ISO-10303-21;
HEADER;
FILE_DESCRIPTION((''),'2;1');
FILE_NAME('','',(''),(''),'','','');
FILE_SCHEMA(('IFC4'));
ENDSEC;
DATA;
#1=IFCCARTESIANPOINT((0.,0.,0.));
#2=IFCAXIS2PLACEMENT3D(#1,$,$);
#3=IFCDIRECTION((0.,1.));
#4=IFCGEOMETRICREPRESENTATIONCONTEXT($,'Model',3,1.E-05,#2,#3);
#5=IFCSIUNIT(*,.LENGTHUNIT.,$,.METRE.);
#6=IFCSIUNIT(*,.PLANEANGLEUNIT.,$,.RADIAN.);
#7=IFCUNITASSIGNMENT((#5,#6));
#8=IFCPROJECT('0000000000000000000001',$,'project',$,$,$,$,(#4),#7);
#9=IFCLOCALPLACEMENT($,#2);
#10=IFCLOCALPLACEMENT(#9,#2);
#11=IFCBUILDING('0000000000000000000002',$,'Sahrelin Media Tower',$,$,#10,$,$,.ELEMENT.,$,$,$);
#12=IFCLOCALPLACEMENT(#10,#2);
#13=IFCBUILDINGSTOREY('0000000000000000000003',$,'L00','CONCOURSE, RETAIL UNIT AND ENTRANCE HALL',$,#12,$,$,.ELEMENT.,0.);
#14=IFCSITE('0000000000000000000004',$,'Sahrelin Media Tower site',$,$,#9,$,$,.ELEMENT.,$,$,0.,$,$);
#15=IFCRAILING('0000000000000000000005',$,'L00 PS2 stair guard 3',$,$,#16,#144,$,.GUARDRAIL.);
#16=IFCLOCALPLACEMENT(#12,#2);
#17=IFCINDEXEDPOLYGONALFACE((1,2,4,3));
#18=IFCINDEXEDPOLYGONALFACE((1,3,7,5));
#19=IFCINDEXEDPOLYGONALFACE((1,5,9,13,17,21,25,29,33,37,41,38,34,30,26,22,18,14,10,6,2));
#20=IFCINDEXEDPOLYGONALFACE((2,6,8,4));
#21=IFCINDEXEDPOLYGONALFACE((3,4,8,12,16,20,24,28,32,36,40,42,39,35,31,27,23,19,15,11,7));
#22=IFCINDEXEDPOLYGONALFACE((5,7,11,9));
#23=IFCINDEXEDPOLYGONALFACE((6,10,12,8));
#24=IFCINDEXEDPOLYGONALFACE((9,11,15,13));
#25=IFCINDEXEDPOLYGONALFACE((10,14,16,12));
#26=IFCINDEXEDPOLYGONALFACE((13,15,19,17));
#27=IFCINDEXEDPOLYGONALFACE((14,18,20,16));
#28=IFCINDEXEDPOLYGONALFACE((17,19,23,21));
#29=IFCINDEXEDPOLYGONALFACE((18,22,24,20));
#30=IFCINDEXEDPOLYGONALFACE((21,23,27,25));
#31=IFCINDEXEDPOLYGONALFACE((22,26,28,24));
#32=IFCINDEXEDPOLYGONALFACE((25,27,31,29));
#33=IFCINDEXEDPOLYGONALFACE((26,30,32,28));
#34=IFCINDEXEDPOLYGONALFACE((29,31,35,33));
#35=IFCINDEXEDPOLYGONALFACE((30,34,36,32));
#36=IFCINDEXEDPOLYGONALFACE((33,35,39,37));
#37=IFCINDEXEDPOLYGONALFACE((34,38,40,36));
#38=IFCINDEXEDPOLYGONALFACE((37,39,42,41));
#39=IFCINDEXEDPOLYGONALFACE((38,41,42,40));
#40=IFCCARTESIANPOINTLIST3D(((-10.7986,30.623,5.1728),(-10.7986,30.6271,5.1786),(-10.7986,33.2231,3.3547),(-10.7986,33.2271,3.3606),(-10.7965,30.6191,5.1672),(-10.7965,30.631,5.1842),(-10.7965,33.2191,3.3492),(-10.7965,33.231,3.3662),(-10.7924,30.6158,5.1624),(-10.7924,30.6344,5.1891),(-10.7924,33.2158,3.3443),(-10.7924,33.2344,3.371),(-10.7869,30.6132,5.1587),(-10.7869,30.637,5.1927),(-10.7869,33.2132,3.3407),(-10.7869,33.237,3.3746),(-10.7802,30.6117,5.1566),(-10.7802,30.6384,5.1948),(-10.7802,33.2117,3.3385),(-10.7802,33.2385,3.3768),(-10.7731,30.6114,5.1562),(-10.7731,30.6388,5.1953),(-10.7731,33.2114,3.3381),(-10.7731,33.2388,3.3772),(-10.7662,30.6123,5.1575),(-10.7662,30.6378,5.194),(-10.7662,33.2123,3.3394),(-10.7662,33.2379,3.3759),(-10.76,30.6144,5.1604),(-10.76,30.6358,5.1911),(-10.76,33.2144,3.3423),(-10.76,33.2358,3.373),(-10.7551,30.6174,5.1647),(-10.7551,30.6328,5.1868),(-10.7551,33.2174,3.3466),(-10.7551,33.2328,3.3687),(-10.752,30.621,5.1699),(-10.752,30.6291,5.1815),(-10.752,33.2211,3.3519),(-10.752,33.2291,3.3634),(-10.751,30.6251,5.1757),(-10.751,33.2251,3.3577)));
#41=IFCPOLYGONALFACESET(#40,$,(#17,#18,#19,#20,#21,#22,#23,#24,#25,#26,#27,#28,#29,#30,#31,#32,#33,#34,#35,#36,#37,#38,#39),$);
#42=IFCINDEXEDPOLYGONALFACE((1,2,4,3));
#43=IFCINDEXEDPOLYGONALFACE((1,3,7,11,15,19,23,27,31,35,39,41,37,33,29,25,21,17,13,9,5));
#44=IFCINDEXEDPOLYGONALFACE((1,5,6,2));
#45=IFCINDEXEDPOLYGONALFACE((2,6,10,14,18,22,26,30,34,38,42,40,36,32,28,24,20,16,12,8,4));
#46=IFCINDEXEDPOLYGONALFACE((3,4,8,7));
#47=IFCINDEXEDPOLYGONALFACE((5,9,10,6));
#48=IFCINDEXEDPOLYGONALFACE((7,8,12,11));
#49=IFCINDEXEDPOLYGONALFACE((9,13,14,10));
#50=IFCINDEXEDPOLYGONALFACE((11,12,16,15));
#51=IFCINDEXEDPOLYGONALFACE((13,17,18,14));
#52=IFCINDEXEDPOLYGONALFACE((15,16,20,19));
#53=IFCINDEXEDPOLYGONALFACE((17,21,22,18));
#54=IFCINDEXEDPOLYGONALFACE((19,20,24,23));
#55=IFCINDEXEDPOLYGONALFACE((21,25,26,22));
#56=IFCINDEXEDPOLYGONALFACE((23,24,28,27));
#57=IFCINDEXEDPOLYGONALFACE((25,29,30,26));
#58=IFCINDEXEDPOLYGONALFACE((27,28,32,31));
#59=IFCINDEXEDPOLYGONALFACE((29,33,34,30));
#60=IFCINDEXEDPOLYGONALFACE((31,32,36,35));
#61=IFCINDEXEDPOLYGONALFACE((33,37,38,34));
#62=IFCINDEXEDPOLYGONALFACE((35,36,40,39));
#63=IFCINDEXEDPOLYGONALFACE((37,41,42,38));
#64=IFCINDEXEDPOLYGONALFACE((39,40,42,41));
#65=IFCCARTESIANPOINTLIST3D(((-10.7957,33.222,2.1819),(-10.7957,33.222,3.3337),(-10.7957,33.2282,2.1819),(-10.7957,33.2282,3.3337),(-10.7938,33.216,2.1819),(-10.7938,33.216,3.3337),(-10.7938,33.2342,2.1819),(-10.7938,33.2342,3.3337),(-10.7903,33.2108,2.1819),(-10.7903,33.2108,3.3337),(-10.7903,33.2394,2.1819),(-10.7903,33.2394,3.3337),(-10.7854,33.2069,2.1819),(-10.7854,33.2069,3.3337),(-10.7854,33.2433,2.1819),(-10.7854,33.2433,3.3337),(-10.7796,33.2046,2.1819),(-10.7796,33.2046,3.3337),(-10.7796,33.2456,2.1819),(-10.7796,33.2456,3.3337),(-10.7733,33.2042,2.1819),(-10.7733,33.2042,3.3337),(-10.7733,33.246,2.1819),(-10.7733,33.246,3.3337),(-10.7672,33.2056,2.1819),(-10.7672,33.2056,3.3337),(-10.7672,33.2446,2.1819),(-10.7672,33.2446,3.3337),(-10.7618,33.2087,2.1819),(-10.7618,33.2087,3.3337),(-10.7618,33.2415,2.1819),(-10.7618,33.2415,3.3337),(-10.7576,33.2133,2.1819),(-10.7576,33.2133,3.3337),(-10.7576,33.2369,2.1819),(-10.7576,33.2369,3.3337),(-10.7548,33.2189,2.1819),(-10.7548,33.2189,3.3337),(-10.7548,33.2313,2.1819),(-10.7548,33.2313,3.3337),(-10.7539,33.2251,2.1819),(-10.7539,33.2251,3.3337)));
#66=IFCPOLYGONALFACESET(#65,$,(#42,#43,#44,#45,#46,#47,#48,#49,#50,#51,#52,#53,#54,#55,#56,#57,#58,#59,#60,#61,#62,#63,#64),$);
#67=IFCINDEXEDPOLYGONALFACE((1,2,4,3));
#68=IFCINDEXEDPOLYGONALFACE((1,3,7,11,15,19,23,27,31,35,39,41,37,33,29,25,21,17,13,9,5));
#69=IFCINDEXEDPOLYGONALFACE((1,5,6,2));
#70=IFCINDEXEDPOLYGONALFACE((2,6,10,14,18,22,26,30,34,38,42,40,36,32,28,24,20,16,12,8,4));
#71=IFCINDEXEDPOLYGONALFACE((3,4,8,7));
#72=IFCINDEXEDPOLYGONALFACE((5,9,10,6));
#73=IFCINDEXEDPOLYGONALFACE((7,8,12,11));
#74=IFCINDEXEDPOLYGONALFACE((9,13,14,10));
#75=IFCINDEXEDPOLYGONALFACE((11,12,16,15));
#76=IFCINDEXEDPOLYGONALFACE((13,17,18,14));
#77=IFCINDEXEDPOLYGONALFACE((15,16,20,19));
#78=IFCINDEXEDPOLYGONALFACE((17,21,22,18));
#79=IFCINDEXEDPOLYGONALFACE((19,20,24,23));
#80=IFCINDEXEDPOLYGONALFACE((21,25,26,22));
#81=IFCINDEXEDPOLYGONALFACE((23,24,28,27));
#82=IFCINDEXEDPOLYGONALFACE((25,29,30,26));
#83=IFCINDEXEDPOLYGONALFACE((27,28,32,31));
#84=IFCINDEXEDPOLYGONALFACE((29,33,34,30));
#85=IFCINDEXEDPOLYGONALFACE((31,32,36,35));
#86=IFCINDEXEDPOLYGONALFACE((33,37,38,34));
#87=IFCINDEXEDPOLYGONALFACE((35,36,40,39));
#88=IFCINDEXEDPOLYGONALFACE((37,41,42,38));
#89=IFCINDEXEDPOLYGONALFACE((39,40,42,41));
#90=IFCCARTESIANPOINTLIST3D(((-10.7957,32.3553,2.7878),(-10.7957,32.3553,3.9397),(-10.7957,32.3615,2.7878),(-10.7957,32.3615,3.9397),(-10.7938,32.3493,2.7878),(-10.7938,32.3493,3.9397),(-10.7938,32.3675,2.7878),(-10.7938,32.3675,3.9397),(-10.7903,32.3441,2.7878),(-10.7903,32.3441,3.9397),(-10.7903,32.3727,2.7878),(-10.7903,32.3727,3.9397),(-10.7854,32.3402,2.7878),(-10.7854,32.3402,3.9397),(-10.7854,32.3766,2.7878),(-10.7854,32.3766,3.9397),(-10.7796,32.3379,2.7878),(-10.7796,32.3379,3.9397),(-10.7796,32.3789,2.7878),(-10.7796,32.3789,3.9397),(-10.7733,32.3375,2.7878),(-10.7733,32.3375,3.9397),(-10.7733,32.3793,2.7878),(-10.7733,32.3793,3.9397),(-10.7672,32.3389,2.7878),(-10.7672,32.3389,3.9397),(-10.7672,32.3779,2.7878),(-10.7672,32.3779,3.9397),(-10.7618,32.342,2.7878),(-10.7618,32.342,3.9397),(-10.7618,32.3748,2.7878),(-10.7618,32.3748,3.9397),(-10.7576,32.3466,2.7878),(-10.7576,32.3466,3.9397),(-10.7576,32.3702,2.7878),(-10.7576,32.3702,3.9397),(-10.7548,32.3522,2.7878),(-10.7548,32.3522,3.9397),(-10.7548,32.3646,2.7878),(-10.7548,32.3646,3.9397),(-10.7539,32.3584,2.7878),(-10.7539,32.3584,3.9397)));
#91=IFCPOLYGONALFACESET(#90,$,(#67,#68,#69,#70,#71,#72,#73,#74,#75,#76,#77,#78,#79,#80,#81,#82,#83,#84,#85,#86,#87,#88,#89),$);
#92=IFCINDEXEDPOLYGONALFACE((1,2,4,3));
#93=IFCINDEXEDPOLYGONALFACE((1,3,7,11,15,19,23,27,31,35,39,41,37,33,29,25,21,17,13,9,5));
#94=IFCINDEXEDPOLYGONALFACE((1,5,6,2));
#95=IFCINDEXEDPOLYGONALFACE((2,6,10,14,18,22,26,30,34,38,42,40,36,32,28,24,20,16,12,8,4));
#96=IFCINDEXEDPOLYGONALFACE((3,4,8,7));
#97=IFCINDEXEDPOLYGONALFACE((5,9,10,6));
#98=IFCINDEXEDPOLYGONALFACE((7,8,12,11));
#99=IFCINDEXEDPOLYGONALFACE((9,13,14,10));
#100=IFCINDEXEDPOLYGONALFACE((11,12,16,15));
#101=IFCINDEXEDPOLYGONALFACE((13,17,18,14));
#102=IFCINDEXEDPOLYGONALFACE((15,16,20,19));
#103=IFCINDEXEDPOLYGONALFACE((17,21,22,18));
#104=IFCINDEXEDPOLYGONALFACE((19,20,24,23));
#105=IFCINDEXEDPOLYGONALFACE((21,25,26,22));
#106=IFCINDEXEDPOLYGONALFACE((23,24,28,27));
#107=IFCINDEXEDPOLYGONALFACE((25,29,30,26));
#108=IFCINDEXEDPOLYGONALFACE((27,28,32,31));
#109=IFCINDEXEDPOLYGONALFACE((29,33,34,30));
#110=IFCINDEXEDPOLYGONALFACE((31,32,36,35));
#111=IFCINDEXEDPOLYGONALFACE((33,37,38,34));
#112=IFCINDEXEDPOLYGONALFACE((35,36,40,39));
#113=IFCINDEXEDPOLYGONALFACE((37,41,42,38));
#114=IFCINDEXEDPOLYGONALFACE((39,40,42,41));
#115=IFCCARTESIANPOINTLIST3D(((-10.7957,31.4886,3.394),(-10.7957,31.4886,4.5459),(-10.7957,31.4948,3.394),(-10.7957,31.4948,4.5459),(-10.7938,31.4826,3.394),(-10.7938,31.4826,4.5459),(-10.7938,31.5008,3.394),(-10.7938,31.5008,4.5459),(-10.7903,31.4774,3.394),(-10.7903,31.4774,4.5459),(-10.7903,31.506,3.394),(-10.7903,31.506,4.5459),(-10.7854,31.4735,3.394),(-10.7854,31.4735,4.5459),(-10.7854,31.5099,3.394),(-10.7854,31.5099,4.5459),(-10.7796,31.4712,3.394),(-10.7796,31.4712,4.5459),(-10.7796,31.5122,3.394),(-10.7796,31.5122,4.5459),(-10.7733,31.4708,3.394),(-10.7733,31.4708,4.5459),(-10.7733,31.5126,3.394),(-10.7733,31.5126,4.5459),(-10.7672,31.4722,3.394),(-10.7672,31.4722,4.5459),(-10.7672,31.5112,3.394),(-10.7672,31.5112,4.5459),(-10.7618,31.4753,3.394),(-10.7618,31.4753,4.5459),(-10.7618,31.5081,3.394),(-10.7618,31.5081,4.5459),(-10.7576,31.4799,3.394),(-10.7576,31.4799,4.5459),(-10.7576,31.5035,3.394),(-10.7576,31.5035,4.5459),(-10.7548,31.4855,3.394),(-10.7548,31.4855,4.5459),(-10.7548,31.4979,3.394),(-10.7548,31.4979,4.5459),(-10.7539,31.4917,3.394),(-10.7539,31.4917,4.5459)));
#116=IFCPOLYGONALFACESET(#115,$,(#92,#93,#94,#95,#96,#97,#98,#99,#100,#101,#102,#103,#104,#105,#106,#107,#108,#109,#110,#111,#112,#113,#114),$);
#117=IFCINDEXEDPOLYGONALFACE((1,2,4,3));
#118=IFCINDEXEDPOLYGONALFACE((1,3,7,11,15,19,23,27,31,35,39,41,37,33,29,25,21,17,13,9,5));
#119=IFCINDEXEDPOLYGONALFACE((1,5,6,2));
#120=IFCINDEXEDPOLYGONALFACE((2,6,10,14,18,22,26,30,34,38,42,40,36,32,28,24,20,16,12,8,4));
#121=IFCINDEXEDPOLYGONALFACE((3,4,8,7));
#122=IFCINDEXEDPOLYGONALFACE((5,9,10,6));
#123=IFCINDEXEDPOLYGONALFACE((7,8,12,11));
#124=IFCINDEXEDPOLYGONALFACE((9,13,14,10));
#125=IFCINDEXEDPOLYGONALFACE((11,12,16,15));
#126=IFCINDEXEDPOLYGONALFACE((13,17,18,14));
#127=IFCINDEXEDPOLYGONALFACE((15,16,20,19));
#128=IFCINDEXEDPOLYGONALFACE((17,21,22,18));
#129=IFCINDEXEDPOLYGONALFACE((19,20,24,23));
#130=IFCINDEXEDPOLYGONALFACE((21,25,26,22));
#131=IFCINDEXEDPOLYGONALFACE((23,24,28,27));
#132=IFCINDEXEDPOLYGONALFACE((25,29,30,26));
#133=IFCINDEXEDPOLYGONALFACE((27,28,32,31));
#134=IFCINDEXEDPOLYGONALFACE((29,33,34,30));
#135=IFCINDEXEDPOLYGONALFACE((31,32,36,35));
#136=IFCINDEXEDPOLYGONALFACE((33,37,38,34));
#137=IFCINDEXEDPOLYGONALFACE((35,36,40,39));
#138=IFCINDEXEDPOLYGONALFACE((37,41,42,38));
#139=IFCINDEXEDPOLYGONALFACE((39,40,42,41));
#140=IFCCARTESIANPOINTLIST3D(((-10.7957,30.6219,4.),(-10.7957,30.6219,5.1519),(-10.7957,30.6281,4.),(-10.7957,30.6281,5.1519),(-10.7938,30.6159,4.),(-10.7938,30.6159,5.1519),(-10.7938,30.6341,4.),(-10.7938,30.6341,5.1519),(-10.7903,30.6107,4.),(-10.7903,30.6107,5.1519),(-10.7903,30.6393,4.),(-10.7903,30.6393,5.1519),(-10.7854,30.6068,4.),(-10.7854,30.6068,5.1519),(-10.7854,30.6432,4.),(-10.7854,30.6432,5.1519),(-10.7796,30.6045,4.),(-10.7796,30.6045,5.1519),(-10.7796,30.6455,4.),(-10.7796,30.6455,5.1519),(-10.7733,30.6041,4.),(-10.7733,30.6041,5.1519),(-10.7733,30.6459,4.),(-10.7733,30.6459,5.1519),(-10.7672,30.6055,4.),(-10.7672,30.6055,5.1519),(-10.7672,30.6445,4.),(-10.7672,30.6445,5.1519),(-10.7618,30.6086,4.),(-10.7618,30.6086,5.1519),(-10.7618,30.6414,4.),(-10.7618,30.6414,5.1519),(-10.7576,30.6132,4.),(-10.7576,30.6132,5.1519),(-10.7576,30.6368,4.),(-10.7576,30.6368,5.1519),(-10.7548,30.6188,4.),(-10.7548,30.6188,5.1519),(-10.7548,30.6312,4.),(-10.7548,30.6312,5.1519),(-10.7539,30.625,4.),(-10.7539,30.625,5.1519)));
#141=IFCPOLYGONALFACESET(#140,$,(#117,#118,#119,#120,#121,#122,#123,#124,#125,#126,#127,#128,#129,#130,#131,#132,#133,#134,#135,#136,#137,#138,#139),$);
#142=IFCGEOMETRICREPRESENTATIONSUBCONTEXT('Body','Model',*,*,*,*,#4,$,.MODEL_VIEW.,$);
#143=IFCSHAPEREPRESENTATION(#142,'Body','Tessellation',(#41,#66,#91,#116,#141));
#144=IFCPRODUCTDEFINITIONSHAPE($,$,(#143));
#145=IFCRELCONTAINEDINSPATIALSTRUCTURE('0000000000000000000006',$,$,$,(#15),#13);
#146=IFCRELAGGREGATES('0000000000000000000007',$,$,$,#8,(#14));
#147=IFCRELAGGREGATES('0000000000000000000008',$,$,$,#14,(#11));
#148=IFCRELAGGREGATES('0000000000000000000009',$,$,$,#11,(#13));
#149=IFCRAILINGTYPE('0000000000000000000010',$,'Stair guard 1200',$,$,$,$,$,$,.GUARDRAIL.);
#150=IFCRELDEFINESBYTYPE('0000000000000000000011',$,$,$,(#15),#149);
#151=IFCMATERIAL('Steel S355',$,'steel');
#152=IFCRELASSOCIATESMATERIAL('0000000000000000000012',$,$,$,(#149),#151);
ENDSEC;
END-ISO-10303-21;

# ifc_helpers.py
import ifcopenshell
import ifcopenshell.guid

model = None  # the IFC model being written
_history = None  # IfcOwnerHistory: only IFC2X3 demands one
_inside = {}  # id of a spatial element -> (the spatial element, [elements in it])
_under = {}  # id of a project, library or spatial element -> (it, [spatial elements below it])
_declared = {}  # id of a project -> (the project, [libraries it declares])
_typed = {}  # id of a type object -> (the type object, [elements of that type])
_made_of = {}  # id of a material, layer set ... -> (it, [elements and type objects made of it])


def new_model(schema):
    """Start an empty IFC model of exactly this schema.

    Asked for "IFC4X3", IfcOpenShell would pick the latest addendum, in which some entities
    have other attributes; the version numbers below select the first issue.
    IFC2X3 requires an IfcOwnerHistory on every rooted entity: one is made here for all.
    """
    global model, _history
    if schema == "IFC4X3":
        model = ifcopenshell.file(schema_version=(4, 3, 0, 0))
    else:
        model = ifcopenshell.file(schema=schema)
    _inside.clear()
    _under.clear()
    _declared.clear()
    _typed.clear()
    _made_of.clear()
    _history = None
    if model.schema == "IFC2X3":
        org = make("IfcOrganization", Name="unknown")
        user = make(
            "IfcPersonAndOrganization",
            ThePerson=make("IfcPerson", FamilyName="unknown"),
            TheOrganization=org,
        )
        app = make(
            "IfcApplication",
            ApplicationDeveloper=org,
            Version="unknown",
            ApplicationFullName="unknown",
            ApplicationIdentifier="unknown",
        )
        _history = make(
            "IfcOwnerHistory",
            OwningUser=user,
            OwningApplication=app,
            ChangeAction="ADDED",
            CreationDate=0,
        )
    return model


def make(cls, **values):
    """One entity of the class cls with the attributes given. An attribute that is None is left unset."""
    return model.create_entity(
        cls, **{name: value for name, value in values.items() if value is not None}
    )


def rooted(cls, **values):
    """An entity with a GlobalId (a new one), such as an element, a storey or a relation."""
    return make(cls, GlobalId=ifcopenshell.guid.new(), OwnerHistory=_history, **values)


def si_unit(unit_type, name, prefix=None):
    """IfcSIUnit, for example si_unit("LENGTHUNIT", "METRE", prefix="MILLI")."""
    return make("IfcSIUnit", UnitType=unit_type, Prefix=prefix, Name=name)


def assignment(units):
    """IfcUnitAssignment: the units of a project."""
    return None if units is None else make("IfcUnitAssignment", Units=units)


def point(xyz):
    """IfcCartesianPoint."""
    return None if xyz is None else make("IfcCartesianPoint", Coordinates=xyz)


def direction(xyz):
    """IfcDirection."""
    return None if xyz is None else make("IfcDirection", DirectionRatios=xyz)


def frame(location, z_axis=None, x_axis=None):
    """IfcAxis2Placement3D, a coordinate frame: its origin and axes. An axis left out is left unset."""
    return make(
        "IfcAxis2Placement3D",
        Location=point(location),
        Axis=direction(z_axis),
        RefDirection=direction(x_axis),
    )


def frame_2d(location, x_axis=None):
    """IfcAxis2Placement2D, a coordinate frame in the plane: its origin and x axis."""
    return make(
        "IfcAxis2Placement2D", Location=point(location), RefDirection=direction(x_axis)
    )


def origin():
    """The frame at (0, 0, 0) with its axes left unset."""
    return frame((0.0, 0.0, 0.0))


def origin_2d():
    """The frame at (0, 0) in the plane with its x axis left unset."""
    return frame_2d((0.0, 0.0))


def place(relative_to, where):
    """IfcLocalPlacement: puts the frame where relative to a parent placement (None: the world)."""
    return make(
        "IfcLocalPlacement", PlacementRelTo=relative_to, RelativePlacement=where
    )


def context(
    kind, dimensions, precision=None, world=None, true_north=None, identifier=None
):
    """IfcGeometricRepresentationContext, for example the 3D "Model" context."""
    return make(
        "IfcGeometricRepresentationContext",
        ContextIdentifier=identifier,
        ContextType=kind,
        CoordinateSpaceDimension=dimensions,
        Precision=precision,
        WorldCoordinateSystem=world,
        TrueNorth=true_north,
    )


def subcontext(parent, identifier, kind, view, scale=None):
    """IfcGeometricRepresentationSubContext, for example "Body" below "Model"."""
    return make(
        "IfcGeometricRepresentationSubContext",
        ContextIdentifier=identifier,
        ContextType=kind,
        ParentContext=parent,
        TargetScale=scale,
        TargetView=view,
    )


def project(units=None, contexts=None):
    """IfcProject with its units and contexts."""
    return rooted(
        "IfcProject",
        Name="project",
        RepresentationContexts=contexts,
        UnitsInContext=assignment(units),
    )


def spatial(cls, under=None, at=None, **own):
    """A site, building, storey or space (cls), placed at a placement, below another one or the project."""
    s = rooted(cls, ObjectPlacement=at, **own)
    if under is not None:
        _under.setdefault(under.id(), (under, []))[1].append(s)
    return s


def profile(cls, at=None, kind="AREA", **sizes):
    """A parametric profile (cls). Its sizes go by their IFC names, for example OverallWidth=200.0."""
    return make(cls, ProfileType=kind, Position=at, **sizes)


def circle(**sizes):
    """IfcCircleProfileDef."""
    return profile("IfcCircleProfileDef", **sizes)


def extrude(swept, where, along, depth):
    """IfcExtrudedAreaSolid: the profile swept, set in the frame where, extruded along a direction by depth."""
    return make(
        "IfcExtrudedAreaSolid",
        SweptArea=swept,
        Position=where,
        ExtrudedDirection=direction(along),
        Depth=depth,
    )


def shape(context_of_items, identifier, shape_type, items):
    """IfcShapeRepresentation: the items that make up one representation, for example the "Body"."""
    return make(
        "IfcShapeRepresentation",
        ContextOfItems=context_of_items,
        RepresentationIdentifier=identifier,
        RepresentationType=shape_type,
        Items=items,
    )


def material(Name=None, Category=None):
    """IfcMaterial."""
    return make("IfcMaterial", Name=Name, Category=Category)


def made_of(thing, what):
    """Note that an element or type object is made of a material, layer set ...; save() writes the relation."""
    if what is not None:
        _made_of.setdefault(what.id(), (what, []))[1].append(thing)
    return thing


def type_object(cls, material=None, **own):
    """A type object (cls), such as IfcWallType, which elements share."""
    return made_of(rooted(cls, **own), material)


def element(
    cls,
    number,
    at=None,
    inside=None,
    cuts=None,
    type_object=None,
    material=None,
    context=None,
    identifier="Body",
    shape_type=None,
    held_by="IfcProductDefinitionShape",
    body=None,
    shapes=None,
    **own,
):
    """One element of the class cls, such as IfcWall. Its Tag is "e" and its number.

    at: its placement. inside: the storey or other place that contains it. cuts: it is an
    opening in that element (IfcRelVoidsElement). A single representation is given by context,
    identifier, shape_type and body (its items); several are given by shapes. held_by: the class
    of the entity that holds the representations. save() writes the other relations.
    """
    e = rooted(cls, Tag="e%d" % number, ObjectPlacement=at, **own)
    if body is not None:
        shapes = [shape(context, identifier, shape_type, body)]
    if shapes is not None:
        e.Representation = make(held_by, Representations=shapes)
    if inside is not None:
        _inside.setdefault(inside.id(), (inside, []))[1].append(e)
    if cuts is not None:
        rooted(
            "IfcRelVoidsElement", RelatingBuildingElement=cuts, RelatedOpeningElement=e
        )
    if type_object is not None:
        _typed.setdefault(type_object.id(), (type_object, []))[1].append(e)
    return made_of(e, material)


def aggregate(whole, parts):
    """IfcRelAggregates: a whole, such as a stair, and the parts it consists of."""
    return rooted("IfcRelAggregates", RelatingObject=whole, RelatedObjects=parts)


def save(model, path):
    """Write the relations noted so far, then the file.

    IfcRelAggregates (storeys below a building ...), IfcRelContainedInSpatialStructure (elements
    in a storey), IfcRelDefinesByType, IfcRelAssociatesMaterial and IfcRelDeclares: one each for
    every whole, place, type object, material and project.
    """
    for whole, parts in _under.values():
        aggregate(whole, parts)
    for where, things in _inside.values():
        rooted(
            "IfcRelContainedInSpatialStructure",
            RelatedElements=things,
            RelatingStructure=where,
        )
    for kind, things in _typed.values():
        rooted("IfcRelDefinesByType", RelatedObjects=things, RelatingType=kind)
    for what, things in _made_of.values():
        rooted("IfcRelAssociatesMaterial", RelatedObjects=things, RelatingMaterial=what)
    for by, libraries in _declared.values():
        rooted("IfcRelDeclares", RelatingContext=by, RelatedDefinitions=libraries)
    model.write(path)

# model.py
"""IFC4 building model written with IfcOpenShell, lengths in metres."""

from ifc_helpers import new_model, si_unit, direction, frame, origin, origin_2d, place, context, subcontext, project, spatial, circle, extrude, material, type_object, element, save


model = new_model("IFC4")

# Units and contexts
model_context = context("Model", 3, precision=1e-05, world=origin(), true_north=direction((0.0, 1.0)))
body_context = subcontext(model_context, "Body", "Model", "MODEL_VIEW")
ifc_project = project(units=[si_unit("LENGTHUNIT", "METRE"), si_unit("PLANEANGLEUNIT", "RADIAN")], contexts=[model_context])

# Site, building, storey
site_placement = place(None, origin())
site = spatial("IfcSite", under=ifc_project, at=site_placement, Name="Sahrelin Media Tower site", CompositionType="ELEMENT", RefElevation=0.0)
building_placement = place(site_placement, origin())
building = spatial("IfcBuilding", under=site, at=building_placement, Name="Sahrelin Media Tower", CompositionType="ELEMENT")
storey_placement = place(building_placement, origin())
storey = spatial("IfcBuildingStorey", under=building, at=storey_placement, Name="L00", Description="CONCOURSE, RETAIL UNIT AND ENTRANCE HALL", CompositionType="ELEMENT", Elevation=0.0)

# Shared definitions
ifc_material_1 = material(Name="Steel S355", Category="steel")

# Railing
railing_type = type_object("IfcRailingType", Name="Stair guard 1200", PredefinedType="GUARDRAIL", material=ifc_material_1)
railing_1_placement = place(storey_placement, frame((-10.7749, 33.2251, 2.1819)))
element("IfcRailing", 1, at=railing_1_placement, inside=storey, type_object=railing_type, Name="L00 PS2 stair guard 3", PredefinedType="GUARDRAIL", context=body_context, shape_type="SweptSolid", body=[
    extrude(circle(Radius=0.0239, at=origin_2d()), frame((0.0, 0.0, 1.1758), z_axis=(0.0, -0.819521, 0.573049), x_axis=(1.0, 0.0, 0.0)), (0.0, 0.0, 1.0), 3.1726),
    extrude(circle(Radius=0.021, at=origin_2d()), origin(), (0.0, 0.0, 1.0), 1.1519),
    extrude(circle(Radius=0.021, at=origin_2d()), frame((0.0, -0.8667, 0.606)), (0.0, 0.0, 1.0), 1.1519),
    extrude(circle(Radius=0.021, at=origin_2d()), frame((0.0, -1.7334, 1.2122)), (0.0, 0.0, 1.0), 1.1519),
    extrude(circle(Radius=0.021, at=origin_2d()), frame((0.0, -2.6001, 1.8181)), (0.0, 0.0, 1.0), 1.1519),
])

save(model, "model.ifc")
